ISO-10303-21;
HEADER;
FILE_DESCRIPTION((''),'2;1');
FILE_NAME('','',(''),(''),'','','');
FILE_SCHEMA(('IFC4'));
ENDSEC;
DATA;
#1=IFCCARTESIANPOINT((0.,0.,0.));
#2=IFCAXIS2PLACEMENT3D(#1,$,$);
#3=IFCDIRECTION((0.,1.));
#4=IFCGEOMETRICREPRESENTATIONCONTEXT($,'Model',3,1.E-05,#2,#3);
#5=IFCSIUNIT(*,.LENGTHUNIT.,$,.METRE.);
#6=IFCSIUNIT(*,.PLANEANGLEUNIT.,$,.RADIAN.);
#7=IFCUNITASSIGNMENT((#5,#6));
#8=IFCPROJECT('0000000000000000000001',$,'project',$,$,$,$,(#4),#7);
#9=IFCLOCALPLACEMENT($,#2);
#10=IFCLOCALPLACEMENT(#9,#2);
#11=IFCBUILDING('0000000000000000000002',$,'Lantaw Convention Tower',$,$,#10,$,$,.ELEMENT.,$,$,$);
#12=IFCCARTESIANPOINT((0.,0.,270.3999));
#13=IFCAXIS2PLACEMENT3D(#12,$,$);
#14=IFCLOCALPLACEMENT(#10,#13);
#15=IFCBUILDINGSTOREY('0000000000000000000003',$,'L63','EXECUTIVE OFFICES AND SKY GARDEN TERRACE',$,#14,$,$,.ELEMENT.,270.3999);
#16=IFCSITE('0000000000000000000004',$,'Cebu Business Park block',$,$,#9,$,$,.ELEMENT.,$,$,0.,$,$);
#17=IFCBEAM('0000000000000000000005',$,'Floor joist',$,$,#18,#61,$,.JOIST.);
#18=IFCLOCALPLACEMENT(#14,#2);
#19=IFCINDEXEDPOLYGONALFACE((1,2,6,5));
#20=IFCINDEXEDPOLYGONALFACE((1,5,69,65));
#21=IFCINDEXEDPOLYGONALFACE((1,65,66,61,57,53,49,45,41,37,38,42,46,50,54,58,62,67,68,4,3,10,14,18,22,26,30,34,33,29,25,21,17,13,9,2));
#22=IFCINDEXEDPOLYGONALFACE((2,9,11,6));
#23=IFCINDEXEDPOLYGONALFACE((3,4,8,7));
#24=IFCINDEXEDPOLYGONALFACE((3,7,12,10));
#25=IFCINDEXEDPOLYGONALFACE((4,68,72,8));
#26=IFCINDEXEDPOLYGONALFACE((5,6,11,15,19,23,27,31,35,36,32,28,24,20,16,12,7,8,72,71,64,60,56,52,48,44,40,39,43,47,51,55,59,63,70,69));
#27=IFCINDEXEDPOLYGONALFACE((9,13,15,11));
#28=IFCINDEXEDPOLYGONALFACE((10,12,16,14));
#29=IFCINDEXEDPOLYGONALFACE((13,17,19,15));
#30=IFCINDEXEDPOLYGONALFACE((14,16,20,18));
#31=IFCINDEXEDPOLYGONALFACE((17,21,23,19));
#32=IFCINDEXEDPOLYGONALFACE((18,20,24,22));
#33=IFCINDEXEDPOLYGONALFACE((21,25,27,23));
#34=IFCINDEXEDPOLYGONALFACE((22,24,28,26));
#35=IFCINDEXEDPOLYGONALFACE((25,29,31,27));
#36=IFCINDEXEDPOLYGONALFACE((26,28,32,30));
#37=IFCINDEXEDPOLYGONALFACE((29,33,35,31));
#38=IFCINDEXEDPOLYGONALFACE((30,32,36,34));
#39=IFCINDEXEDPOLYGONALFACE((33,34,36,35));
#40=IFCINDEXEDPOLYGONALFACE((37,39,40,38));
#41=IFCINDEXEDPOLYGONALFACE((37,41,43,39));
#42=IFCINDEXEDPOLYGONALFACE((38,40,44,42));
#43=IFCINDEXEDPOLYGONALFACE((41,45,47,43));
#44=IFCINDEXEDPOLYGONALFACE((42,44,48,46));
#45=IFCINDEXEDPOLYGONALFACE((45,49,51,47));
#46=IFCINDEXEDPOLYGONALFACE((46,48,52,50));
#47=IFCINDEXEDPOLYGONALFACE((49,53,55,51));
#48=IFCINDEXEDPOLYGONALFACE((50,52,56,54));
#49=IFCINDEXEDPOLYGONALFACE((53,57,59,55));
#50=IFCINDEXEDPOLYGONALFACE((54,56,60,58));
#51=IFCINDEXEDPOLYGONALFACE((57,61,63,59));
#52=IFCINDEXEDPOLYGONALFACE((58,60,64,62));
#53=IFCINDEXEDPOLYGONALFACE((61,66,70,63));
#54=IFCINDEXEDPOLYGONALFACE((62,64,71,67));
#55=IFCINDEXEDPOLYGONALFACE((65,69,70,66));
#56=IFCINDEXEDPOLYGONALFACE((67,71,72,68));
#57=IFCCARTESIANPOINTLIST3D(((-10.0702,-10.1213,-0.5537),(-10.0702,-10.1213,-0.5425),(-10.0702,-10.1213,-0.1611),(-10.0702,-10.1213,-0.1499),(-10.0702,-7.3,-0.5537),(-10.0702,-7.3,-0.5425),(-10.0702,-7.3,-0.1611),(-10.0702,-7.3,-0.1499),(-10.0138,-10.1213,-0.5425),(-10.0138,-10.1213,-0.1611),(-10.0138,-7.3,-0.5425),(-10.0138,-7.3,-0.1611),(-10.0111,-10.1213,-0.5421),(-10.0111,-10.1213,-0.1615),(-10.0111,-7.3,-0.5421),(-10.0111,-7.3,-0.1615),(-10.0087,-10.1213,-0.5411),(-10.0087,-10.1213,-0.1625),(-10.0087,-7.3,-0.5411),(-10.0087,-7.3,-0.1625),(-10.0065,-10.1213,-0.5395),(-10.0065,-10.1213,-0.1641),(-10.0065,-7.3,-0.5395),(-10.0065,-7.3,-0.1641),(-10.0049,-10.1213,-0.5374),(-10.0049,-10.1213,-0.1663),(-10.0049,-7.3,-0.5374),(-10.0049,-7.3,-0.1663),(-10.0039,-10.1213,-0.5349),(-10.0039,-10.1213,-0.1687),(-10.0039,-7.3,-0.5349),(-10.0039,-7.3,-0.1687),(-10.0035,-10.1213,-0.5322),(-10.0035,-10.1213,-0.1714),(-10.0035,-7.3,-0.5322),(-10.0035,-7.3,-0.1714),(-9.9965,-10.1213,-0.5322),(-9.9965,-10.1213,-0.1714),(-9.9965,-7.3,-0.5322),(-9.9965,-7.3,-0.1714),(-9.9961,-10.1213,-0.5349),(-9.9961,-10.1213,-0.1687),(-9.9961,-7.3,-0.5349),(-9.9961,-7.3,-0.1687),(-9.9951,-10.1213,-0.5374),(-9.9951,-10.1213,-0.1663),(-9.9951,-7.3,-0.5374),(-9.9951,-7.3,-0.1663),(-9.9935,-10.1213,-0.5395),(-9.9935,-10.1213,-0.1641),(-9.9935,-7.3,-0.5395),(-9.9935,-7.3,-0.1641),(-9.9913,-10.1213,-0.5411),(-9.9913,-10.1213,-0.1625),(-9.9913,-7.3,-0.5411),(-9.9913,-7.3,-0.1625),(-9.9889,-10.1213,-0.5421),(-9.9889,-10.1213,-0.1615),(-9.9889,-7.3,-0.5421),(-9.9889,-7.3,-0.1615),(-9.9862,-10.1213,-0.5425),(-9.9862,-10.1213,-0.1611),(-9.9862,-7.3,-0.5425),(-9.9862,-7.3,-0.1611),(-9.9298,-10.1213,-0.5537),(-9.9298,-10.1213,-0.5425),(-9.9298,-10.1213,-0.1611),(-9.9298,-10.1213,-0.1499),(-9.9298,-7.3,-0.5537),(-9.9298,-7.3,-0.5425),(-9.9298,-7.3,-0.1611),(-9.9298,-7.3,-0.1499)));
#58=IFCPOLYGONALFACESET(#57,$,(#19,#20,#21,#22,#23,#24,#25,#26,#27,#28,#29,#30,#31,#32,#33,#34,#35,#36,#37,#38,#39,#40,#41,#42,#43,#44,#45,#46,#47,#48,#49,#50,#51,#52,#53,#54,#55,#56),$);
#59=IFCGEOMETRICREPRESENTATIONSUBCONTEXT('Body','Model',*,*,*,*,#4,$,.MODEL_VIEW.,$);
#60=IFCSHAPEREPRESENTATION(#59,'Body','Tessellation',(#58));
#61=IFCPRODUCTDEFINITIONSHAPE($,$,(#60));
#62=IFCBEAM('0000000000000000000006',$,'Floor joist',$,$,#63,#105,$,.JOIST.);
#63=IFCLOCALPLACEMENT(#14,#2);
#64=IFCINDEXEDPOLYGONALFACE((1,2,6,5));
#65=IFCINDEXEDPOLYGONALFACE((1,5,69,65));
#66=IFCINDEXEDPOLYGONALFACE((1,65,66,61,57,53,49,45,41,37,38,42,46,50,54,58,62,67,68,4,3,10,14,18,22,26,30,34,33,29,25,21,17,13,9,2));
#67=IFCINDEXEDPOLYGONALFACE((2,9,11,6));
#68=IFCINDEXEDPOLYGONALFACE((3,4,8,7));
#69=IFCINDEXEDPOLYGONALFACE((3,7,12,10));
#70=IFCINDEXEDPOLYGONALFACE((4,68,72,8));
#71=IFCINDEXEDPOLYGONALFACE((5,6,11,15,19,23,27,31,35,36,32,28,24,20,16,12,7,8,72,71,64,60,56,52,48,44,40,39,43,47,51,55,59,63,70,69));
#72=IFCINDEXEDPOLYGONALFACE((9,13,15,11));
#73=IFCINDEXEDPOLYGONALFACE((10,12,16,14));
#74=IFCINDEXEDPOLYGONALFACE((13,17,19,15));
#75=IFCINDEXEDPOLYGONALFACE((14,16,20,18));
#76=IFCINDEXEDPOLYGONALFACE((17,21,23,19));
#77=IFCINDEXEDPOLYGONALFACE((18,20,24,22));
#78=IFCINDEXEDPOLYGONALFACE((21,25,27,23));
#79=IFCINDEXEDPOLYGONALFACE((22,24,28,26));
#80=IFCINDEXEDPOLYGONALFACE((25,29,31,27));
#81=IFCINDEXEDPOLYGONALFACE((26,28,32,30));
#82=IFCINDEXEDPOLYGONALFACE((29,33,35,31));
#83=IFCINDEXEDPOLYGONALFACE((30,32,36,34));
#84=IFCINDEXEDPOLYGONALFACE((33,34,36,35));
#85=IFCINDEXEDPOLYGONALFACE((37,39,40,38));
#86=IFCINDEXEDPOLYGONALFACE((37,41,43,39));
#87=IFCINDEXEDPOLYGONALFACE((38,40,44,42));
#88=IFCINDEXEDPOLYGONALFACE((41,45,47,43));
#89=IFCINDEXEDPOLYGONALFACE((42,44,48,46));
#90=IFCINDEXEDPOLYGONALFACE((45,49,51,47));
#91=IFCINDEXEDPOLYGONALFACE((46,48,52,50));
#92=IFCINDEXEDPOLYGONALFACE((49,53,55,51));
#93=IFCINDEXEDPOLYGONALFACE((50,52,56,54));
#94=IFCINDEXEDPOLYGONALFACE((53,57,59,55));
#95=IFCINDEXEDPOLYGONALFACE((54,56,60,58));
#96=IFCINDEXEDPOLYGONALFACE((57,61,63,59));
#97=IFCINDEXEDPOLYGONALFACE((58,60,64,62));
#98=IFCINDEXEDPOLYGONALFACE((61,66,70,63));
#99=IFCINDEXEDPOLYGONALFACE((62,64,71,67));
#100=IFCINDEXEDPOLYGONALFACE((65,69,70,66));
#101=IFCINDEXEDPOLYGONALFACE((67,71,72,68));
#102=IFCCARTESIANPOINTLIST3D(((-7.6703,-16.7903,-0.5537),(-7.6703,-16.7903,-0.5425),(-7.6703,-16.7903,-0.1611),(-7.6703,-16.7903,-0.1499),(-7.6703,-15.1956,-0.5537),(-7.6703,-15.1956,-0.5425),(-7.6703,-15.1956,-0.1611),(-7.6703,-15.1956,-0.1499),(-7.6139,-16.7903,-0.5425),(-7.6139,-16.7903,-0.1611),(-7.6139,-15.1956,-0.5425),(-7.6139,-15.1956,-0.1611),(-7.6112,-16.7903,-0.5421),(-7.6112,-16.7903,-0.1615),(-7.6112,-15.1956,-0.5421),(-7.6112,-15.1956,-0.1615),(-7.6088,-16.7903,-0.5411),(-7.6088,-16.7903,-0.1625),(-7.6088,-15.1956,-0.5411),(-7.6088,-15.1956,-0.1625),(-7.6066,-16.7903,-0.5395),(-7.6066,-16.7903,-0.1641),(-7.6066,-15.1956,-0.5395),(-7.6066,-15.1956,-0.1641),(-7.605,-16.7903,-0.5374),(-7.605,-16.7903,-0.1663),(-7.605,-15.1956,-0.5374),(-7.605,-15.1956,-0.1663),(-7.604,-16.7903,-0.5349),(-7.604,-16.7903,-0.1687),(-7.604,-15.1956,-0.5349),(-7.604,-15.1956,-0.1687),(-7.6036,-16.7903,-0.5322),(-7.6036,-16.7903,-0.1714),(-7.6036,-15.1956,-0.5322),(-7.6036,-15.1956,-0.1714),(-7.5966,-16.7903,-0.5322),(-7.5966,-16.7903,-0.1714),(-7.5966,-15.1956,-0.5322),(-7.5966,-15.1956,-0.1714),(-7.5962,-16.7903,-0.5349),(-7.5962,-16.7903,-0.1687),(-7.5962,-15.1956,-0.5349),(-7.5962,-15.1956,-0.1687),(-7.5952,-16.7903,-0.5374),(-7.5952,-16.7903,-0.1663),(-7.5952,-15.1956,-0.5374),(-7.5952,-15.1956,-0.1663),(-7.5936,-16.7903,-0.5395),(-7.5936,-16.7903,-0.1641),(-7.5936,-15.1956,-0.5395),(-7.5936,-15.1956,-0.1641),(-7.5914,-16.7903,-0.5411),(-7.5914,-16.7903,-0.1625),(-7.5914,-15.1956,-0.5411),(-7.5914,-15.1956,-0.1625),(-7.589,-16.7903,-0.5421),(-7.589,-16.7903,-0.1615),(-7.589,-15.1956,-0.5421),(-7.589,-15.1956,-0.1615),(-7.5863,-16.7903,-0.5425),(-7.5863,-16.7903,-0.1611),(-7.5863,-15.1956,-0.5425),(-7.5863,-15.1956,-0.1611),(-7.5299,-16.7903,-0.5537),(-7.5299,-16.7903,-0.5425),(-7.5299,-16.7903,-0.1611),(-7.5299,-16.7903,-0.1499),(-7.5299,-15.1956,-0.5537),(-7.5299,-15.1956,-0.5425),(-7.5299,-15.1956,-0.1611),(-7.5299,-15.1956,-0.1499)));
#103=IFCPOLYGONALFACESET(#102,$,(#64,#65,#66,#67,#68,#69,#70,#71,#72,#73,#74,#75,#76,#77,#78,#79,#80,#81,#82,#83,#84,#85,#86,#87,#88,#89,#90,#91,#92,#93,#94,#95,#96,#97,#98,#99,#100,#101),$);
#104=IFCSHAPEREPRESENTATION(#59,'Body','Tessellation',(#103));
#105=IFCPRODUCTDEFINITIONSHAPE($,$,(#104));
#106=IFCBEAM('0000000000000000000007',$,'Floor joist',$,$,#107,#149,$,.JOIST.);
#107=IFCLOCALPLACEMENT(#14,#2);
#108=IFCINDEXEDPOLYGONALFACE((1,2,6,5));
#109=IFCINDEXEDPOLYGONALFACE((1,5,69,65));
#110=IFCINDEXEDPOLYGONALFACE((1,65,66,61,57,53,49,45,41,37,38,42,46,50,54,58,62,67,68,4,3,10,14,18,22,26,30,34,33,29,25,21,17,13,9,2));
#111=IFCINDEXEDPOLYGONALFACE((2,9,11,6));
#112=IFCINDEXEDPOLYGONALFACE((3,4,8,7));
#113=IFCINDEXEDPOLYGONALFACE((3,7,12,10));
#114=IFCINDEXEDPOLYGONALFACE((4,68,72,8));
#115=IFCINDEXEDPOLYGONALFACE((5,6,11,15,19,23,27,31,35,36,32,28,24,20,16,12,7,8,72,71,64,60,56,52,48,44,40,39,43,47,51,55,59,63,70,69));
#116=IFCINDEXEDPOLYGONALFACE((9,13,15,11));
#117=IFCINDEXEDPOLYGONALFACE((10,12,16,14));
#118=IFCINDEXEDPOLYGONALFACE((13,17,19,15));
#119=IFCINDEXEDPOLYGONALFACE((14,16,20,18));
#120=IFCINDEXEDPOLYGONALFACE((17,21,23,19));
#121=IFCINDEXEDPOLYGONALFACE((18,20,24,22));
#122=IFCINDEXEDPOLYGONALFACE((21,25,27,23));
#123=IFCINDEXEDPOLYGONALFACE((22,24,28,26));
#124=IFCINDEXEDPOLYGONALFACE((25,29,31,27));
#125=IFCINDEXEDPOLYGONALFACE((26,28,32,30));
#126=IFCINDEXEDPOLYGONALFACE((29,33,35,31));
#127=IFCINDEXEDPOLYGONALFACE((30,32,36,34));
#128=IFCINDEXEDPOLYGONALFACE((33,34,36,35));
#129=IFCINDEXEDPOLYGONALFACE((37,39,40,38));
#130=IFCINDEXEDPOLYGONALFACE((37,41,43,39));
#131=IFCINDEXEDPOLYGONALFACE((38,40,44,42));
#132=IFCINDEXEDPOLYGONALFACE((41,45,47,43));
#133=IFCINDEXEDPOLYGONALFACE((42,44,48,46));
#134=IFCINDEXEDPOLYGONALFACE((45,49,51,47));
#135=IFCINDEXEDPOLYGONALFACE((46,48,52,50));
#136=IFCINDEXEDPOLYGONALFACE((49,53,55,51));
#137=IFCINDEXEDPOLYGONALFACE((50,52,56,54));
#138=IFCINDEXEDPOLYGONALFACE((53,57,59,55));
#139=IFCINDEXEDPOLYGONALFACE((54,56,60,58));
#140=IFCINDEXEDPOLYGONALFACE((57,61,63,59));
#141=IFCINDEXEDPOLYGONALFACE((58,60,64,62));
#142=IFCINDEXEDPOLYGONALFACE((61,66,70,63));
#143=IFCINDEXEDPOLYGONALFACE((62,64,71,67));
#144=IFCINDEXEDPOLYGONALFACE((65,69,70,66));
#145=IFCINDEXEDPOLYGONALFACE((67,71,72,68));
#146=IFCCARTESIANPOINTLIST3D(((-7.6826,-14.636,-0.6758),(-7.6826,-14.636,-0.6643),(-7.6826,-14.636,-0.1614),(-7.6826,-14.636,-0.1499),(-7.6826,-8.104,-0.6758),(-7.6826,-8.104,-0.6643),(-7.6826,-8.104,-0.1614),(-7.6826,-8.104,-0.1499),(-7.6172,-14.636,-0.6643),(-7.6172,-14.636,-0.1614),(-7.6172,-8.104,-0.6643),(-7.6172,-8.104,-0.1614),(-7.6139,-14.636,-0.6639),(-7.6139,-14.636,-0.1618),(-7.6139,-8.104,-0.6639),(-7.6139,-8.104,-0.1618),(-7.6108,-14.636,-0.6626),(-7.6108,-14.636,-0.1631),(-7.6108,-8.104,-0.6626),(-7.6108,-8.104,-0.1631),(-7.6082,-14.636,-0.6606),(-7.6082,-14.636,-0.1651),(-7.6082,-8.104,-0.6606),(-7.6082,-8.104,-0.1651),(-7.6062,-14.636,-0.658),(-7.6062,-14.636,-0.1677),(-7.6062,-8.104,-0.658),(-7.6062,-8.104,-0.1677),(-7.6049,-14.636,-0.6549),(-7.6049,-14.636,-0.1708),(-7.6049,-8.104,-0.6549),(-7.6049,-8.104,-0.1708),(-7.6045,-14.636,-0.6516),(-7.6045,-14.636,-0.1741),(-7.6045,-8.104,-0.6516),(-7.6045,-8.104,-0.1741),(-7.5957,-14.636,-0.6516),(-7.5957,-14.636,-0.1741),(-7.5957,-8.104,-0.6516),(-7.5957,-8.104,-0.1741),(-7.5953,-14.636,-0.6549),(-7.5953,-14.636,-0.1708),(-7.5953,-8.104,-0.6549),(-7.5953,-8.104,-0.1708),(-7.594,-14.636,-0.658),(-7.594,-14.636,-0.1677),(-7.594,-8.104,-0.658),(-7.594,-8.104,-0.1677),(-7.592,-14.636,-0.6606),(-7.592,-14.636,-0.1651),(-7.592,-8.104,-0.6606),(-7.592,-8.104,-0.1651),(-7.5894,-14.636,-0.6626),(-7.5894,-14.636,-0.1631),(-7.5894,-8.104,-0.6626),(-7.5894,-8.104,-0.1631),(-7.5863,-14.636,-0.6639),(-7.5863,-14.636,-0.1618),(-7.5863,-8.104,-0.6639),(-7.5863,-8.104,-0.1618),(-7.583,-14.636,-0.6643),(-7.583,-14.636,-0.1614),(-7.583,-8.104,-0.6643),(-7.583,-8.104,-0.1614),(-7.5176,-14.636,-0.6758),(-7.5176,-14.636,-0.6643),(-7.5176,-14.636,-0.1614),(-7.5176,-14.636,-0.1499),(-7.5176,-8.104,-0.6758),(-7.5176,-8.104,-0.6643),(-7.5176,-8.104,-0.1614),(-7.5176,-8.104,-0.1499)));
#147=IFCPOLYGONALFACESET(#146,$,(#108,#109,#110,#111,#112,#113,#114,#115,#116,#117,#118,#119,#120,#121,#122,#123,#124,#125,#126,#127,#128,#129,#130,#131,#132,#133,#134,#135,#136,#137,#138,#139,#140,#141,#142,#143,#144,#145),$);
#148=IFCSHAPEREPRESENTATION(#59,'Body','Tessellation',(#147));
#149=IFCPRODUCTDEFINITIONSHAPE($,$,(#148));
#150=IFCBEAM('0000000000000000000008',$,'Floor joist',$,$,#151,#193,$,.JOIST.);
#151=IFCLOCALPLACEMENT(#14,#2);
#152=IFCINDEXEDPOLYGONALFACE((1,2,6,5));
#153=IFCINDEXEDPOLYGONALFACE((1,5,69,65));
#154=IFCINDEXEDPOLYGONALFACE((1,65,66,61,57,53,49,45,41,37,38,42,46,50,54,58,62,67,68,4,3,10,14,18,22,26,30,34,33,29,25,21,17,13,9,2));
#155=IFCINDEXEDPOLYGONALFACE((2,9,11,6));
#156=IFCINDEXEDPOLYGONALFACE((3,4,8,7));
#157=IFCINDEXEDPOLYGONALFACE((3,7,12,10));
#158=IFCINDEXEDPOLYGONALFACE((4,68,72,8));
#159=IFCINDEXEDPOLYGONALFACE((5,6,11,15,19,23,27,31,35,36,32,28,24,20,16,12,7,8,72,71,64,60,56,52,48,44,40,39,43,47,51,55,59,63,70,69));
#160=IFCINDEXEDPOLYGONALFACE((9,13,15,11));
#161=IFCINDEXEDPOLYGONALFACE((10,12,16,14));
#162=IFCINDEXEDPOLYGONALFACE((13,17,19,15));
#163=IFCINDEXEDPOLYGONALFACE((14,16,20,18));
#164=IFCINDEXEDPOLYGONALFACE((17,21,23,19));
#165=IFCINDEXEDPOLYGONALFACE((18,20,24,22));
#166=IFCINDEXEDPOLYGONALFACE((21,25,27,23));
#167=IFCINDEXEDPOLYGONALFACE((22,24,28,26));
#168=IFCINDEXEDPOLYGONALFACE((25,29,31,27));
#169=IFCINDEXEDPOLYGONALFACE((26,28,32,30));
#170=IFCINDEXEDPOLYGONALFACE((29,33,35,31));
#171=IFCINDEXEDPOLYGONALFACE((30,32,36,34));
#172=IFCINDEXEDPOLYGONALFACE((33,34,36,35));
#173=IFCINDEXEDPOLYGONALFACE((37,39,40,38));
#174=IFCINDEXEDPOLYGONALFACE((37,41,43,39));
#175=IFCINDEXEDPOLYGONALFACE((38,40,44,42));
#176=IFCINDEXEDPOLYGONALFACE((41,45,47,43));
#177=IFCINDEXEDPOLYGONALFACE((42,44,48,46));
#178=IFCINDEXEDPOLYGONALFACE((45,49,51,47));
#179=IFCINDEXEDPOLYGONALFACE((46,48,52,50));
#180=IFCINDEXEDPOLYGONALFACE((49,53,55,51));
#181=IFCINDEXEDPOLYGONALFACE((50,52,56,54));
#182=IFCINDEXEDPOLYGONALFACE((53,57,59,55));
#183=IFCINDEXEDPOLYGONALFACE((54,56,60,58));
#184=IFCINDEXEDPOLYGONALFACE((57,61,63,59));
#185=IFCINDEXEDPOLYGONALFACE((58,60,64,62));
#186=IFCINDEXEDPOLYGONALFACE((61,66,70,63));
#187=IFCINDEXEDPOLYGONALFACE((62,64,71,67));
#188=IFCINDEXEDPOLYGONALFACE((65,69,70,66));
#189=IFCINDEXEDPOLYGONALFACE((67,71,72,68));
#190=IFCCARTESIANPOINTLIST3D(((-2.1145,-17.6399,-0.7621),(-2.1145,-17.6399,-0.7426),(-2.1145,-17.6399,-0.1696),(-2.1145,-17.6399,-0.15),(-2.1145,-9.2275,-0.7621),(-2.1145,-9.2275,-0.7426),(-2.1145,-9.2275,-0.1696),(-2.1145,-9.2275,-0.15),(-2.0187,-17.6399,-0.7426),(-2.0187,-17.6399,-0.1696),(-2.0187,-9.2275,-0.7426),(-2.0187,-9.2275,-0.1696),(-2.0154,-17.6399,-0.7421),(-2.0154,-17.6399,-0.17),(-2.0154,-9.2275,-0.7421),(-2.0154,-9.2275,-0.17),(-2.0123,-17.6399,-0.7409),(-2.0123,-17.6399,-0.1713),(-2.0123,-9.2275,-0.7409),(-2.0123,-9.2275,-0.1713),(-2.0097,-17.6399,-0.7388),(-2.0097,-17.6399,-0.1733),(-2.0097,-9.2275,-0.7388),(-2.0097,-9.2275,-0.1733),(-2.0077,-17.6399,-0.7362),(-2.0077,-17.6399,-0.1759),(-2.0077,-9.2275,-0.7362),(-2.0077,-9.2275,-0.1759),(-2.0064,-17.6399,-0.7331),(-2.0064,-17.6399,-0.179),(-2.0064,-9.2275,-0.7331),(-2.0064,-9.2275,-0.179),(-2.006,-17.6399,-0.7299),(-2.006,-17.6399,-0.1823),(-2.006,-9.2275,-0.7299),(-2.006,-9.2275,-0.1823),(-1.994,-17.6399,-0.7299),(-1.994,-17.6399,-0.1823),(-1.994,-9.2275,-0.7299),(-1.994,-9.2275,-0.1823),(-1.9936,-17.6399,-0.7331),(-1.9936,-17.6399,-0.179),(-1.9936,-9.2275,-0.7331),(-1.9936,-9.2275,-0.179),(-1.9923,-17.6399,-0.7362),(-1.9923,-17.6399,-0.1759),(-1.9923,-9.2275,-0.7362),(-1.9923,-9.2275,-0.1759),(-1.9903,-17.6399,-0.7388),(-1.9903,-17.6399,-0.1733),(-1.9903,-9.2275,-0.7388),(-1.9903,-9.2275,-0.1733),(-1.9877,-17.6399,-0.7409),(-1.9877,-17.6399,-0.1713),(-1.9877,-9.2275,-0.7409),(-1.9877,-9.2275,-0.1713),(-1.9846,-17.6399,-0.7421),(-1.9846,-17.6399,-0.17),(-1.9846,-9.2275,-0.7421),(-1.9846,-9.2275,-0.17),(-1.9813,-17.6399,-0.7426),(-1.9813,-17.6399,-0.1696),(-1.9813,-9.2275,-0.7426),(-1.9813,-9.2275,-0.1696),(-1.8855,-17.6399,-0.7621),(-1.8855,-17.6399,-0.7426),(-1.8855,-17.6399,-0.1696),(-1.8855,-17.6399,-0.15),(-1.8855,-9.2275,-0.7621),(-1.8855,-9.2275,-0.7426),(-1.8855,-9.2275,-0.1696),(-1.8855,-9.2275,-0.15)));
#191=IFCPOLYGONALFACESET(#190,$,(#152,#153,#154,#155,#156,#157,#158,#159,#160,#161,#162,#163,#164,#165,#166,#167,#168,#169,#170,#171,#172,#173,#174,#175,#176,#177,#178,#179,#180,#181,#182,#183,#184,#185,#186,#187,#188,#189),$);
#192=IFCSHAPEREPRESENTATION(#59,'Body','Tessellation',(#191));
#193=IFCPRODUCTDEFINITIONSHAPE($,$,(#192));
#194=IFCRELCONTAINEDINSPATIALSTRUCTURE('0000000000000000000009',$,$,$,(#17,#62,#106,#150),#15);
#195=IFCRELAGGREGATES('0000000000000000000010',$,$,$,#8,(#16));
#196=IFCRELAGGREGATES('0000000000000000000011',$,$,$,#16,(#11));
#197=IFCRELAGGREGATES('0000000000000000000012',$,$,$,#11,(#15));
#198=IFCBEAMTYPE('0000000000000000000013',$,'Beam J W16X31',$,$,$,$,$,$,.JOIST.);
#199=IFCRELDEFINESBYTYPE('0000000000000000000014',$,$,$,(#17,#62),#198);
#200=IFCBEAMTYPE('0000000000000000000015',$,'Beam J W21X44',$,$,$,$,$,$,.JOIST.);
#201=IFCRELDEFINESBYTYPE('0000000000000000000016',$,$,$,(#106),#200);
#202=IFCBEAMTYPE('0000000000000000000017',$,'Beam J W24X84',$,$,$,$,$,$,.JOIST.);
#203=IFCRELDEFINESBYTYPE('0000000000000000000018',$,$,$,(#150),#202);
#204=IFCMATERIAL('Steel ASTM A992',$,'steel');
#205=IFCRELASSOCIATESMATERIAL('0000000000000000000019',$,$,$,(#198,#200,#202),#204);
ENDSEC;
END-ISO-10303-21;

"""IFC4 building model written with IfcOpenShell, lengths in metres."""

from ifc_helpers import new_model, si_unit, direction, frame, origin, origin_2d, place, context, subcontext, project, spatial, i_section, extrude, material, material_profile, profile_set, type_object, element, save


model = new_model("IFC4")

# Units and contexts
model_context = context("Model", 3, precision=1e-05, world=origin(), true_north=direction((0.0, 1.0)))
body_context = subcontext(model_context, "Body", "Model", "MODEL_VIEW")
ifc_project = project(units=[si_unit("LENGTHUNIT", "METRE"), si_unit("PLANEANGLEUNIT", "RADIAN")], contexts=[model_context])

# Site, building, storey
site_placement = place(None, origin())
site = spatial("IfcSite", under=ifc_project, at=site_placement, Name="Cebu Business Park block", CompositionType="ELEMENT", RefElevation=0.0)
building_placement = place(site_placement, origin())
building = spatial("IfcBuilding", under=site, at=building_placement, Name="Lantaw Convention Tower", CompositionType="ELEMENT")
storey_placement = place(building_placement, frame((0.0, 0.0, 270.3999)))
storey = spatial("IfcBuildingStorey", under=building, at=storey_placement, Name="L63", Description="EXECUTIVE OFFICES AND SKY GARDEN TERRACE", CompositionType="ELEMENT", Elevation=270.3999)

# Beams
ifc_material_1 = material(Name="Steel ASTM A992", Category="steel")
ifc_material_profile_1 = material_profile(ifc_material_1, i_section(OverallWidth=0.1404, OverallDepth=0.4038, WebThickness=0.0071, FlangeThickness=0.0112, FilletRadius=0.0103, at=origin_2d()), Name="W16X31")
ifc_profile_set_1 = profile_set([ifc_material_profile_1], Name="Steel ASTM A992")
beam_type_1 = type_object("IfcBeamType", Name="Beam J W16X31", PredefinedType="JOIST", material=ifc_profile_set_1)
beam_1_placement = place(storey_placement, frame((-10.0, -10.1213, -0.3518), z_axis=(0.0, 1.0, 0.0), x_axis=(-1.0, 0.0, 0.0)))
element("IfcBeam", 1, at=beam_1_placement, inside=storey, type_object=beam_type_1, Name="Floor joist", PredefinedType="JOIST", context=body_context, shape_type="SweptSolid", body=[
    extrude(i_section(OverallWidth=0.1404, OverallDepth=0.4038, WebThickness=0.0071, FlangeThickness=0.0112, FilletRadius=0.0103, at=origin_2d()), origin(), (0.0, 0.0, 1.0), 2.8213),
])
beam_2_placement = place(storey_placement, frame((-7.6001, -16.7903, -0.3518), z_axis=(0.0, 1.0, 0.0), x_axis=(-1.0, 0.0, 0.0)))
element("IfcBeam", 2, at=beam_2_placement, inside=storey, type_object=beam_type_1, Name="Floor joist", PredefinedType="JOIST", context=body_context, shape_type="SweptSolid", body=[
    extrude(i_section(OverallWidth=0.1404, OverallDepth=0.4038, WebThickness=0.0071, FlangeThickness=0.0112, FilletRadius=0.0103, at=origin_2d()), origin(), (0.0, 0.0, 1.0), 1.5947),
])
ifc_material_profile_2 = material_profile(ifc_material_1, i_section(OverallWidth=0.165, OverallDepth=0.5259, WebThickness=0.0088, FlangeThickness=0.0115, FilletRadius=0.0127, at=origin_2d()), Name="W21X44")
ifc_profile_set_2 = profile_set([ifc_material_profile_2], Name="Steel ASTM A992")
beam_type_2 = type_object("IfcBeamType", Name="Beam J W21X44", PredefinedType="JOIST", material=ifc_profile_set_2)
beam_3_placement = place(storey_placement, frame((-7.6001, -14.636, -0.4128), z_axis=(0.0, 1.0, 0.0), x_axis=(-1.0, 0.0, 0.0)))
element("IfcBeam", 3, at=beam_3_placement, inside=storey, type_object=beam_type_2, Name="Floor joist", PredefinedType="JOIST", context=body_context, shape_type="SweptSolid", body=[
    extrude(i_section(OverallWidth=0.165, OverallDepth=0.5259, WebThickness=0.0088, FlangeThickness=0.0115, FilletRadius=0.0127, at=origin_2d()), origin(), (0.0, 0.0, 1.0), 6.532),
])
ifc_material_profile_3 = material_profile(ifc_material_1, i_section(OverallWidth=0.229, OverallDepth=0.6121, WebThickness=0.012, FlangeThickness=0.0195, FilletRadius=0.0127, at=origin_2d()), Name="W24X84")
ifc_profile_set_3 = profile_set([ifc_material_profile_3], Name="Steel ASTM A992")
beam_type_3 = type_object("IfcBeamType", Name="Beam J W24X84", PredefinedType="JOIST", material=ifc_profile_set_3)
beam_4_placement = place(storey_placement, frame((-2.0, -17.6399, -0.4561), z_axis=(0.0, 1.0, 0.0), x_axis=(-1.0, 0.0, 0.0)))
element("IfcBeam", 4, at=beam_4_placement, inside=storey, type_object=beam_type_3, Name="Floor joist", PredefinedType="JOIST", context=body_context, shape_type="SweptSolid", body=[
    extrude(i_section(OverallWidth=0.229, OverallDepth=0.6121, WebThickness=0.012, FlangeThickness=0.0195, FilletRadius=0.0127, at=origin_2d()), origin(), (0.0, 0.0, 1.0), 8.4124),
])

save(model, "model.ifc")
